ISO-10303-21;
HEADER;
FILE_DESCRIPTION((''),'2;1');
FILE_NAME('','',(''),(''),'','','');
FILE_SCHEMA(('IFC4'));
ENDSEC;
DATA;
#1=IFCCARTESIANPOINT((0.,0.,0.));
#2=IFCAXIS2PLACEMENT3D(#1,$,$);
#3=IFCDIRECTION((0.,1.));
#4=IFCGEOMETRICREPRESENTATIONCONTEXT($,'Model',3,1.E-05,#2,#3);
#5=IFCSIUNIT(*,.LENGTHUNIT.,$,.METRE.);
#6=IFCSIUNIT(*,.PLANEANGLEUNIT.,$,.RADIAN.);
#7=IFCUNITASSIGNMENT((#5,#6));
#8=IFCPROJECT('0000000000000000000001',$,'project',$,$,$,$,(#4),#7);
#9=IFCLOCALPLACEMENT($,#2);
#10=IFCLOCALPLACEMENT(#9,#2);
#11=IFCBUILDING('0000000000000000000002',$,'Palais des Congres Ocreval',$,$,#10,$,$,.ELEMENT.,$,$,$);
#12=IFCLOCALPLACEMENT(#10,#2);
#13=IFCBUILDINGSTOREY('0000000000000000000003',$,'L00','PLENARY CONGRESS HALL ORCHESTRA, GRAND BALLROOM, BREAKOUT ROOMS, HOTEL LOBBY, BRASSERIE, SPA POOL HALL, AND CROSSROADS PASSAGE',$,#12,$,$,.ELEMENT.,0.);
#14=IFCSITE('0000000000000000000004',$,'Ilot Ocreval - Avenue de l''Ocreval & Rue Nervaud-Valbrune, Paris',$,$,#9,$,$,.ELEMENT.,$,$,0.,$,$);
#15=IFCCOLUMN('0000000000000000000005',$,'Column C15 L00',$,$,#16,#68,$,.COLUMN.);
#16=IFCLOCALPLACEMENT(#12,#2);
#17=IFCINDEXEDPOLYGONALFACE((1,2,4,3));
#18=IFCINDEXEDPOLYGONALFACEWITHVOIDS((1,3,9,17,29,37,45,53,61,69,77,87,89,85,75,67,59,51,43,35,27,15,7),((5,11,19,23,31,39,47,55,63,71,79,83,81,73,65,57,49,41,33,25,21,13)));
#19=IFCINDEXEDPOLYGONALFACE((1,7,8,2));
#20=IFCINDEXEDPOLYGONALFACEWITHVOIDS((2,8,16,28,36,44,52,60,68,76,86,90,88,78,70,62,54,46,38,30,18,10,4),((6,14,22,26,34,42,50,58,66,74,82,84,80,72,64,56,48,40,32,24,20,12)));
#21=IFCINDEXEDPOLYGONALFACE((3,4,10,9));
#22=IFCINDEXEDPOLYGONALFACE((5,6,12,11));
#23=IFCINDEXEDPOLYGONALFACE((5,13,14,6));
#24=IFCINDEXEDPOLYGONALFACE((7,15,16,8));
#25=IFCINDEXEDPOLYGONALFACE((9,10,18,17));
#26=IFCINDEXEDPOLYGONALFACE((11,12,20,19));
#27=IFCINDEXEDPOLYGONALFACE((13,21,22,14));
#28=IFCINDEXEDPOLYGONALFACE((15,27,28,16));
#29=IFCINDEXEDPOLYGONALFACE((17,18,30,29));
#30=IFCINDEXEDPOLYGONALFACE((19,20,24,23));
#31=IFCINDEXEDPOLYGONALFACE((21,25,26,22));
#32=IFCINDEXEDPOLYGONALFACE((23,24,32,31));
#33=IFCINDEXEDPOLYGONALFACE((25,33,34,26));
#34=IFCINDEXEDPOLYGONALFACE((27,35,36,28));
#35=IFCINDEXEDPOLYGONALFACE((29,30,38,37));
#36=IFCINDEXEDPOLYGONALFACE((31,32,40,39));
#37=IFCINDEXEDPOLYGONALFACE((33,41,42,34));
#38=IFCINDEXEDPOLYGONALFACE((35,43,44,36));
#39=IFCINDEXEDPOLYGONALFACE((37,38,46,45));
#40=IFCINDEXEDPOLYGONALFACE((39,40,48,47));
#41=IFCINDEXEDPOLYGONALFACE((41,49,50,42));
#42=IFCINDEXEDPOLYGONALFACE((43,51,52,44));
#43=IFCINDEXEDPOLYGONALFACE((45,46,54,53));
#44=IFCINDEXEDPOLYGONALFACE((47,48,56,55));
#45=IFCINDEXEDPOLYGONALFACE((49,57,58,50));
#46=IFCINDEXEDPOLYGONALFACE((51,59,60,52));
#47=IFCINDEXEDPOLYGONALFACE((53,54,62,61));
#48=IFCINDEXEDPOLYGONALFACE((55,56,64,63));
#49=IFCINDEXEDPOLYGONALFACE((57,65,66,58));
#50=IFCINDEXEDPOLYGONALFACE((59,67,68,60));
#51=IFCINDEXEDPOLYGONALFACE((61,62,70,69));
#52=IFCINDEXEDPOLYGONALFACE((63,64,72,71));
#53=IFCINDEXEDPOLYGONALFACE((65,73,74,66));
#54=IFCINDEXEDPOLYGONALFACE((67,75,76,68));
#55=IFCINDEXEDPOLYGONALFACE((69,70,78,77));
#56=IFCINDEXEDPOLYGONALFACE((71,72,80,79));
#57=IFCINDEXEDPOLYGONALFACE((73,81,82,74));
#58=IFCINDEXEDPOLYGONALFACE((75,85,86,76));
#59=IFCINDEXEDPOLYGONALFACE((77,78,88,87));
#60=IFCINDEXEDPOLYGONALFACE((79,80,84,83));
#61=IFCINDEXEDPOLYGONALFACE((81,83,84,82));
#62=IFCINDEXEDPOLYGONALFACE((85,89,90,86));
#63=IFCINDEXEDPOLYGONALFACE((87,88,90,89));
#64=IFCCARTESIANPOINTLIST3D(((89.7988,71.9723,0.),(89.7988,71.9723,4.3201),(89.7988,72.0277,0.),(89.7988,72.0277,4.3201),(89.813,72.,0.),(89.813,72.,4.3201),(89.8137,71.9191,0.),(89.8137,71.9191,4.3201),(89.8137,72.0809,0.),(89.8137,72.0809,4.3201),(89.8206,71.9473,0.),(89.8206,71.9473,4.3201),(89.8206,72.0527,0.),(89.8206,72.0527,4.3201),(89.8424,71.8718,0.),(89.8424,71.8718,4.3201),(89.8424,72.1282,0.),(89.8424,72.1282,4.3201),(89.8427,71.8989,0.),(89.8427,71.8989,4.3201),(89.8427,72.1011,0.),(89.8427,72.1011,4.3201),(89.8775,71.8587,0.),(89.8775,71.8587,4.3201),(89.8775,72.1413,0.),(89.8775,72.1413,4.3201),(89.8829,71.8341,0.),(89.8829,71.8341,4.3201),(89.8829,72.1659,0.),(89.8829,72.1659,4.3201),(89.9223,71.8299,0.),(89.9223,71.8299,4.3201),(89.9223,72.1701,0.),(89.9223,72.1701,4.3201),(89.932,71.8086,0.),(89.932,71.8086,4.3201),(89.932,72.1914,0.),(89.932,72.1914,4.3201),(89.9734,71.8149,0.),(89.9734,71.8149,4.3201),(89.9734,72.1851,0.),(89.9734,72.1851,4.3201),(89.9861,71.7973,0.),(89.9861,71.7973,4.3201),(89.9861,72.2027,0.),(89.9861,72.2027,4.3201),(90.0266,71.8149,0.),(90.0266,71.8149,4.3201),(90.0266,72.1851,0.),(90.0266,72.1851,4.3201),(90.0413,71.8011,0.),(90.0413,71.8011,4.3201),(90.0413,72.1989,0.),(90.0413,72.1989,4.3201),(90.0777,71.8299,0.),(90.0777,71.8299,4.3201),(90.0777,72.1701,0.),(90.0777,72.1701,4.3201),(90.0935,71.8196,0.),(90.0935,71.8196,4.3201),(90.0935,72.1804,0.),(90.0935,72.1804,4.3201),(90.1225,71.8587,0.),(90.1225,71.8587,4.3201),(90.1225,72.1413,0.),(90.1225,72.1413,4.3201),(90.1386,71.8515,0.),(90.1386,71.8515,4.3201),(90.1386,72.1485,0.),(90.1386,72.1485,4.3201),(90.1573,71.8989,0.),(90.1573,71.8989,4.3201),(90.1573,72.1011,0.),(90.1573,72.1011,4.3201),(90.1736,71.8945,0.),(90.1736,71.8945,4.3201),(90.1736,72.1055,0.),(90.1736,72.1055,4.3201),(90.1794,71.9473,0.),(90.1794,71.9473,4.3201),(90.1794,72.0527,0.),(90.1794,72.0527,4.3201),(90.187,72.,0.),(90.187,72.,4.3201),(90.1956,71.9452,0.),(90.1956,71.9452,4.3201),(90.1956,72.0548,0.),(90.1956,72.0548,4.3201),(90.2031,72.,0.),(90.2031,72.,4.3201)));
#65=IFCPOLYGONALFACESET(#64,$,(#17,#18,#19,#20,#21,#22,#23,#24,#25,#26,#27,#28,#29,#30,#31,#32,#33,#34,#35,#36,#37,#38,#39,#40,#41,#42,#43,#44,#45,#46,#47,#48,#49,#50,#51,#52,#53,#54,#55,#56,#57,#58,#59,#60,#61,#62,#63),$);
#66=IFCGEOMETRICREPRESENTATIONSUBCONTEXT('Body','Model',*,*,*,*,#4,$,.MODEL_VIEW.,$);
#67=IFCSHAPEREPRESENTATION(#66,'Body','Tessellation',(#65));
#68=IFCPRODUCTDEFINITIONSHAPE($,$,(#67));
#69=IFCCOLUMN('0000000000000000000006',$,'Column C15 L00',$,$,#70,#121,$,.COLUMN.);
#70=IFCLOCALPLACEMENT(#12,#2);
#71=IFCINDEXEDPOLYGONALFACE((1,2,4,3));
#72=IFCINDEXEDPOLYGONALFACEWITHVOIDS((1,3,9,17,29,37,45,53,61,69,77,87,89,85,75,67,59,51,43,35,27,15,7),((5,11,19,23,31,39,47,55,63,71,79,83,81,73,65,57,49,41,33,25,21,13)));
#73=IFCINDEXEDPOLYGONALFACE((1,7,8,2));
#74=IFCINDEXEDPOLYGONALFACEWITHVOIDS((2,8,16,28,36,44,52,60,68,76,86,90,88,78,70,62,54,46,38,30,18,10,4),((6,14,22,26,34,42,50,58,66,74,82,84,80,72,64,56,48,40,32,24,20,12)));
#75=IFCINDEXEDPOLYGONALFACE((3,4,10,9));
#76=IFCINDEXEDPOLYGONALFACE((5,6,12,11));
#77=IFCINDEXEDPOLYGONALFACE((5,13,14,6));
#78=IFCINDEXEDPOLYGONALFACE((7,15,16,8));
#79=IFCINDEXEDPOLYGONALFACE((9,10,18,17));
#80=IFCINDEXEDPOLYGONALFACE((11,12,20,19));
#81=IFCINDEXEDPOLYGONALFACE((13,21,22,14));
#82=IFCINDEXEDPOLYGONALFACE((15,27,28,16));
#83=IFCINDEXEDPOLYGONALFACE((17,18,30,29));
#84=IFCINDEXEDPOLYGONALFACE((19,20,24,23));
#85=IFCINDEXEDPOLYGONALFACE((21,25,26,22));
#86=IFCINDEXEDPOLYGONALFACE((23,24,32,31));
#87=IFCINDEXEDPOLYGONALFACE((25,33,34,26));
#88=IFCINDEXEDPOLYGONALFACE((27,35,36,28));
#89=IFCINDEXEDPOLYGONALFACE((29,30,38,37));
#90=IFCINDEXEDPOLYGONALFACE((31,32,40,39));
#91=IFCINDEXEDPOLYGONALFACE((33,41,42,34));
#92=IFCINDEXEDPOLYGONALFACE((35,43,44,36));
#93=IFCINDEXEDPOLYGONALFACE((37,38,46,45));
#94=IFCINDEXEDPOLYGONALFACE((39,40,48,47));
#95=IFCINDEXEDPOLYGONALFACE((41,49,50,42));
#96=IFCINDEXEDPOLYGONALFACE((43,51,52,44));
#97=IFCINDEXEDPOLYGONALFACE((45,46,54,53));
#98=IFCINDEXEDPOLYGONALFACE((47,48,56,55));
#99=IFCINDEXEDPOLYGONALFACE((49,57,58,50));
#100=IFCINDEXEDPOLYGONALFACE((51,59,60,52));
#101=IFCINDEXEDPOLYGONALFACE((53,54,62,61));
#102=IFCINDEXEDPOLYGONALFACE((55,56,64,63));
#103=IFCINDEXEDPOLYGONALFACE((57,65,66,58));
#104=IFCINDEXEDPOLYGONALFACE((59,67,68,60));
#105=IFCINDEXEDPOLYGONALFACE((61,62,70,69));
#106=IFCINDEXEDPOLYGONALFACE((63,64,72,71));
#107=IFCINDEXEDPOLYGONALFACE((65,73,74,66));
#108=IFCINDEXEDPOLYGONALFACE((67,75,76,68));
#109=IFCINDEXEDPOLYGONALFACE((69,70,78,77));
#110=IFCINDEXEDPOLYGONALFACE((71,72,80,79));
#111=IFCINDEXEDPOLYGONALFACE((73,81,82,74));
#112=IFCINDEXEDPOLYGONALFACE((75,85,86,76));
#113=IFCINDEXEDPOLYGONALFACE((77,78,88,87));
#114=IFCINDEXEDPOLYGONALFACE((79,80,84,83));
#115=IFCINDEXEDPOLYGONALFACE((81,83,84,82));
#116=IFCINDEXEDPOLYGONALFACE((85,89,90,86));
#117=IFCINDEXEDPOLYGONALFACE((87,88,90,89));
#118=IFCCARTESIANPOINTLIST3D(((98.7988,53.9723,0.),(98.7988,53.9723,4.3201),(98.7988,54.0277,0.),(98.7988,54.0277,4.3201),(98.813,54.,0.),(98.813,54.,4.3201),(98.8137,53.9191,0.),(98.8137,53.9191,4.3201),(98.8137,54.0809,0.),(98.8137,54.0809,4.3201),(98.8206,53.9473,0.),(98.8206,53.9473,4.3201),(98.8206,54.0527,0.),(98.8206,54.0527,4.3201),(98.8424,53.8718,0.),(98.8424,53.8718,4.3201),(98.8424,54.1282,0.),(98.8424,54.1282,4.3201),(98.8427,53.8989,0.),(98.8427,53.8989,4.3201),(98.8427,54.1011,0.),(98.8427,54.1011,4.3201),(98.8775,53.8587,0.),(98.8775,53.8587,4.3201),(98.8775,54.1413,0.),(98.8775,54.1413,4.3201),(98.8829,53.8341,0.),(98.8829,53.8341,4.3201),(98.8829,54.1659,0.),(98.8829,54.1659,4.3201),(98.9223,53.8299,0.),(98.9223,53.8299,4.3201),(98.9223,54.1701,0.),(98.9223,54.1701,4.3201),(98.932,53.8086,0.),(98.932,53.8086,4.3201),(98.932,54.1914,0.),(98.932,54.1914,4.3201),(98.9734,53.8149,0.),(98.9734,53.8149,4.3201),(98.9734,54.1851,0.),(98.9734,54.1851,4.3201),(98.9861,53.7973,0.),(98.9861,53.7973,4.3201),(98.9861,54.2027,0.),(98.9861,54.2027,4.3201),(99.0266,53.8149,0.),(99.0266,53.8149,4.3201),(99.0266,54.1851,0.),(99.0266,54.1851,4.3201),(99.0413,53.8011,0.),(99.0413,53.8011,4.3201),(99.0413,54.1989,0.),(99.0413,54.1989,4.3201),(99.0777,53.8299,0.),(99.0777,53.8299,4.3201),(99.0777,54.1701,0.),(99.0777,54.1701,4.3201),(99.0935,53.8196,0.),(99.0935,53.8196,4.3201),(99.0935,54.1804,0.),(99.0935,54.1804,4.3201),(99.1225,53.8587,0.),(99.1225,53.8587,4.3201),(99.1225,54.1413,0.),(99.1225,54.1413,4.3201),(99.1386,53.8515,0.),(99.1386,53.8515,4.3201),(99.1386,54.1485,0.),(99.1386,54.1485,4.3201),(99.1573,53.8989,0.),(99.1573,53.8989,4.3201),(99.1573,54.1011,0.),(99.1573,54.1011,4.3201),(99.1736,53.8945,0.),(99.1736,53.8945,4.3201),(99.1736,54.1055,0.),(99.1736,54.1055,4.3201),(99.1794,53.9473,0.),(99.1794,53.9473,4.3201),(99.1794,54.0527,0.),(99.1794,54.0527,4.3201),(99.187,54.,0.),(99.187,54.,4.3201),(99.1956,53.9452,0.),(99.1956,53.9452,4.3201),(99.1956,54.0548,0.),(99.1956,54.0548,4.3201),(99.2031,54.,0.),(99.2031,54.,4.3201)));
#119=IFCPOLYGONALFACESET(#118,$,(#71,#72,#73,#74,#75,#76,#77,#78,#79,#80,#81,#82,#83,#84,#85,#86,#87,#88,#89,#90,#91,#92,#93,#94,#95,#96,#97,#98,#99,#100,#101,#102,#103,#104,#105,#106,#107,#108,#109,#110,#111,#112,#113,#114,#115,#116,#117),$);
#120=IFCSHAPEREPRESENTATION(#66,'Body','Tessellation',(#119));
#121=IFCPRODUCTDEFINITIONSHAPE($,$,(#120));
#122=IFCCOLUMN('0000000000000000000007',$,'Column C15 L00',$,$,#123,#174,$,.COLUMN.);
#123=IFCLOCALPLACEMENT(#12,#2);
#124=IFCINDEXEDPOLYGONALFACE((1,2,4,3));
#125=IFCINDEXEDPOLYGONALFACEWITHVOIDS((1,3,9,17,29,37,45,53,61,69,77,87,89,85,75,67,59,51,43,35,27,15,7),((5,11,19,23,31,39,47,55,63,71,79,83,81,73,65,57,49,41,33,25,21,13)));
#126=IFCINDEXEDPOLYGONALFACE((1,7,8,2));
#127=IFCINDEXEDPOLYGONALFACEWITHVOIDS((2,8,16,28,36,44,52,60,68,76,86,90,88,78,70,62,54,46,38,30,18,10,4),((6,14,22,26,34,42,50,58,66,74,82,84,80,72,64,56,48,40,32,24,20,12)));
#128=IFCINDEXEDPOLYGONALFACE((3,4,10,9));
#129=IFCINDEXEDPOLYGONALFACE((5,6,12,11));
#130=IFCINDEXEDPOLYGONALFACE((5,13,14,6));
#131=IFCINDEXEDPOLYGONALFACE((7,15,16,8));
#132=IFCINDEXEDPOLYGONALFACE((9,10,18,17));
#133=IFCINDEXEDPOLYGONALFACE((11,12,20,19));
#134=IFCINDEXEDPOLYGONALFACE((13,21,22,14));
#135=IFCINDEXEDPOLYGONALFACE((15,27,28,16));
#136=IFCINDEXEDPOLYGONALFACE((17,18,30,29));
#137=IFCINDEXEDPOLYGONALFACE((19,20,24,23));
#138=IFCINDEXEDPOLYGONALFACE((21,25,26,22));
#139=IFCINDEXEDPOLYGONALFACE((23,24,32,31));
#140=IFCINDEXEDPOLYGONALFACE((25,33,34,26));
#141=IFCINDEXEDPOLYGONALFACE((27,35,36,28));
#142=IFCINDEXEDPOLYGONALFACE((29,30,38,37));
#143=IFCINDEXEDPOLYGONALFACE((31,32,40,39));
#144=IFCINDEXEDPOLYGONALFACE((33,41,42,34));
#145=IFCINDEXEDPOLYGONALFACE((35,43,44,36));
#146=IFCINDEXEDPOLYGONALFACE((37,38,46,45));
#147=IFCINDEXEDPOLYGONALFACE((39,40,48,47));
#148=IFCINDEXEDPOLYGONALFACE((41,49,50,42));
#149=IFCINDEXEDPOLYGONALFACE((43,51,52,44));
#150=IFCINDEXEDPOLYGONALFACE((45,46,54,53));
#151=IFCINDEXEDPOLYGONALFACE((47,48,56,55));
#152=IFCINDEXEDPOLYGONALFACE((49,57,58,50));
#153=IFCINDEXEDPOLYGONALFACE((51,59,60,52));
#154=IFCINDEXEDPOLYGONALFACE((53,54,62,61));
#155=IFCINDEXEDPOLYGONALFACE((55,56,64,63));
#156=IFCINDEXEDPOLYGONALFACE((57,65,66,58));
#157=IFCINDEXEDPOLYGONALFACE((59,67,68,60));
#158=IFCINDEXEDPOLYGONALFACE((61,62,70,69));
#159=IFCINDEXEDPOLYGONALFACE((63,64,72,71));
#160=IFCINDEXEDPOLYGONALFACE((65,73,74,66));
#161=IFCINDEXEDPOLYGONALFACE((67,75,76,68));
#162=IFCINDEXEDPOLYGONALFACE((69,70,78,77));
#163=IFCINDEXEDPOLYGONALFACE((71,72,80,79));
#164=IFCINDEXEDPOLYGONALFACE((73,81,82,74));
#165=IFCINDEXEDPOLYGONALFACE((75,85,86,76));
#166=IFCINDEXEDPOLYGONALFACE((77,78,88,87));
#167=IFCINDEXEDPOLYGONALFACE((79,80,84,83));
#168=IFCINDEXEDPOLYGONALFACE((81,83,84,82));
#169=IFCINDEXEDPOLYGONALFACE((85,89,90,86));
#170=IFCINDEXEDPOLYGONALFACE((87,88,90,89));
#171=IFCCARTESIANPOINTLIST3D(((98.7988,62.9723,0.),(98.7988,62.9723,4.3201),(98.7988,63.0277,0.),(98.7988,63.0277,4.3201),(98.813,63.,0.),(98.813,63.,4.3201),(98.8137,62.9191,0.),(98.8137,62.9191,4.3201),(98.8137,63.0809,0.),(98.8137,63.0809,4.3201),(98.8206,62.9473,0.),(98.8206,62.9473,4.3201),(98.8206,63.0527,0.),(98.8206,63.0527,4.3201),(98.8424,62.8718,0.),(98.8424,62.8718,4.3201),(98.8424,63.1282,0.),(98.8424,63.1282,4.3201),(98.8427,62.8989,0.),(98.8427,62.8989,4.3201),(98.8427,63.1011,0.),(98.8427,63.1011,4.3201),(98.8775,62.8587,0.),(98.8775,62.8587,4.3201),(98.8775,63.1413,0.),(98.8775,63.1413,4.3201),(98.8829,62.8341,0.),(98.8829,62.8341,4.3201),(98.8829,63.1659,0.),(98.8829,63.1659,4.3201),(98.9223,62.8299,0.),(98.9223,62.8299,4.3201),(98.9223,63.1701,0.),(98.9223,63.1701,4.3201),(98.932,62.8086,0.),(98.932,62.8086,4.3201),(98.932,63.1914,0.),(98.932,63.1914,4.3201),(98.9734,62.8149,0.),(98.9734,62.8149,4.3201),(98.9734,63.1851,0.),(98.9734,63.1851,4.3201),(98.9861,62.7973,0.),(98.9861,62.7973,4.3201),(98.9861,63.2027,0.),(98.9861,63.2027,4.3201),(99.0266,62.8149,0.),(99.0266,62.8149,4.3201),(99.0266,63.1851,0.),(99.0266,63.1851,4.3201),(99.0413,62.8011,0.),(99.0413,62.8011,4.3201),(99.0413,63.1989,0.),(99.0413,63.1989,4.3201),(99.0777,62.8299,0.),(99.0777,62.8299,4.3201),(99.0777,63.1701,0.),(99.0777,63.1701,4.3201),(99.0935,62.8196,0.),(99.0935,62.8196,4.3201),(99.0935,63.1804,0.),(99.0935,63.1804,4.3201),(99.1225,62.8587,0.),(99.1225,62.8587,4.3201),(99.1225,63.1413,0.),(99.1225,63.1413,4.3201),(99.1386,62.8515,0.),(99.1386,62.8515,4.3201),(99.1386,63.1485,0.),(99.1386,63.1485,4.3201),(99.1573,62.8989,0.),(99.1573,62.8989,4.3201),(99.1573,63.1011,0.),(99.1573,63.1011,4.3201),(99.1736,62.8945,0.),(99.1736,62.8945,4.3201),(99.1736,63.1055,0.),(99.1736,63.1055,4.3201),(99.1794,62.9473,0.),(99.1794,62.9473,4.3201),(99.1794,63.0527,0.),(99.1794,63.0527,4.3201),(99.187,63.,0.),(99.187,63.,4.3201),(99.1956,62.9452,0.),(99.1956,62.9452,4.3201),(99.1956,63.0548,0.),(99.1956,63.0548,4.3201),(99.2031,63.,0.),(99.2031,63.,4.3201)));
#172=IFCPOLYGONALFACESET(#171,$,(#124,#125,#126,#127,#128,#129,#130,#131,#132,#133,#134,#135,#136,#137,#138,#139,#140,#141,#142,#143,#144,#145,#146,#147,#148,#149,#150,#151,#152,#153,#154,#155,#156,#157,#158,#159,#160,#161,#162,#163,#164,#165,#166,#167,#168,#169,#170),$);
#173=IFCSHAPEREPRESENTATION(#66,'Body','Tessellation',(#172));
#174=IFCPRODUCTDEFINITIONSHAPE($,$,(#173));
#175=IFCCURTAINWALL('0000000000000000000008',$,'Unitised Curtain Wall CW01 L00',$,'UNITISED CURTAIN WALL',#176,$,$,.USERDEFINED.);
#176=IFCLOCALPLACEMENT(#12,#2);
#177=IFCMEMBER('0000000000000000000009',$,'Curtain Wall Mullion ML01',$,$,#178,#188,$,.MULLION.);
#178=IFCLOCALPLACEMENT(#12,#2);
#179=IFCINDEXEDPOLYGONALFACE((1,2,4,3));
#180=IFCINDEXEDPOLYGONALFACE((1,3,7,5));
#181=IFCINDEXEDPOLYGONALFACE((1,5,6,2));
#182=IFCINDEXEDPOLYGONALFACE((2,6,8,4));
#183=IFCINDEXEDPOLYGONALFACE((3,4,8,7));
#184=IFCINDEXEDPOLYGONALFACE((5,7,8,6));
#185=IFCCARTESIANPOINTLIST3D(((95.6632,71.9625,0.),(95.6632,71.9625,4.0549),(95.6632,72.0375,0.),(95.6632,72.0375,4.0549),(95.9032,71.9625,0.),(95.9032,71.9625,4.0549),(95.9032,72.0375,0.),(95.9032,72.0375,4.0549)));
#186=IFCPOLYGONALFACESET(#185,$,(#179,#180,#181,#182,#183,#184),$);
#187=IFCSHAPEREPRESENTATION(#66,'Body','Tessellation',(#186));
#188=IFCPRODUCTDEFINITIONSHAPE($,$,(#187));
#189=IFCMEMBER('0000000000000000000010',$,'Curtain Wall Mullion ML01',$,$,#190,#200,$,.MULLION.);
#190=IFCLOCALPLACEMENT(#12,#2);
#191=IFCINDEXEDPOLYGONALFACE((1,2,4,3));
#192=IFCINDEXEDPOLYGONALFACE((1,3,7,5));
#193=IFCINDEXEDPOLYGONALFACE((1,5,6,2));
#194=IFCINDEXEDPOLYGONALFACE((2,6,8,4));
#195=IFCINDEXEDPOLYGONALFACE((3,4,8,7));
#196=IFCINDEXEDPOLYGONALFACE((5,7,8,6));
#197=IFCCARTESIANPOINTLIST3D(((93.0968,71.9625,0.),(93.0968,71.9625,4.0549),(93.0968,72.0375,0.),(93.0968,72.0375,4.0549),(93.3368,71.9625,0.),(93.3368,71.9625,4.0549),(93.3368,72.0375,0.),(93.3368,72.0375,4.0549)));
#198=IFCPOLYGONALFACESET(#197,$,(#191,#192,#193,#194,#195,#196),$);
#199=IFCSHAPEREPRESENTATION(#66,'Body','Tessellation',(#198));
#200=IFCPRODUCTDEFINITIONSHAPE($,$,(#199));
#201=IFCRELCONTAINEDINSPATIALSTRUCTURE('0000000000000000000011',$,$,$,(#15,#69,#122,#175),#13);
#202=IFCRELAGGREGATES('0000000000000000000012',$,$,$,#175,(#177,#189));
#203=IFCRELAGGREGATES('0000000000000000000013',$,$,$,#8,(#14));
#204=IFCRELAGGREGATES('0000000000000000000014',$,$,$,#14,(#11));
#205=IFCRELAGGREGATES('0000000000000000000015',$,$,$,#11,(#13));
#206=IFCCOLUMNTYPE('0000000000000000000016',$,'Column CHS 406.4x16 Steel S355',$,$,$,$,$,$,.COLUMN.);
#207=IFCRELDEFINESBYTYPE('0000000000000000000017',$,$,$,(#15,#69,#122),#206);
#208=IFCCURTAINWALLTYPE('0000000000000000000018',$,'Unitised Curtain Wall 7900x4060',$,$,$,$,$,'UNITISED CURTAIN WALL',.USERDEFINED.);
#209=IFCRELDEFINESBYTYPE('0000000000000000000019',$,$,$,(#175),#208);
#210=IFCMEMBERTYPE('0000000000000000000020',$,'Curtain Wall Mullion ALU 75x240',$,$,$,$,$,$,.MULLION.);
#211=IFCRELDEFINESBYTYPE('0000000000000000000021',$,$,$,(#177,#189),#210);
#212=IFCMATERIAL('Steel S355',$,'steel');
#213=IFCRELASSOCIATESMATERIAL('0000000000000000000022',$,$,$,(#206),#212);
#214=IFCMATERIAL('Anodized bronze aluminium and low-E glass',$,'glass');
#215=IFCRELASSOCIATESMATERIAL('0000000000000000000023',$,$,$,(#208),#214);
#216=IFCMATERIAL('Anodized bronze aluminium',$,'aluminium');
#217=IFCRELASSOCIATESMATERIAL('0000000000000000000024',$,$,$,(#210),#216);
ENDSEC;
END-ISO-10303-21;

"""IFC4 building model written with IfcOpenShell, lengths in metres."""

from ifc_helpers import new_model, si_unit, direction, frame, origin, origin_2d, place, context, subcontext, project, spatial, rectangle, hollow_circle, extrude, material, material_profile, profile_set, type_object, element, aggregate, save


model = new_model("IFC4")

# Units and contexts
model_context = context("Model", 3, precision=1e-05, world=origin(), true_north=direction((0.0, 1.0)))
body_context = subcontext(model_context, "Body", "Model", "MODEL_VIEW")
ifc_project = project(units=[si_unit("LENGTHUNIT", "METRE"), si_unit("PLANEANGLEUNIT", "RADIAN")], contexts=[model_context])

# Site, building, storey
site_placement = place(None, origin())
site = spatial("IfcSite", under=ifc_project, at=site_placement, Name="Ilot Ocreval - Avenue de l'Ocreval & Rue Nervaud-Valbrune, Paris", CompositionType="ELEMENT", RefElevation=0.0)
building_placement = place(site_placement, origin())
building = spatial("IfcBuilding", under=site, at=building_placement, Name="Palais des Congres Ocreval", CompositionType="ELEMENT")
storey_placement = place(building_placement, origin())
storey = spatial("IfcBuildingStorey", under=building, at=storey_placement, Name="L00", Description="PLENARY CONGRESS HALL ORCHESTRA, GRAND BALLROOM, BREAKOUT ROOMS, HOTEL LOBBY, BRASSERIE, SPA POOL HALL, AND CROSSROADS PASSAGE", CompositionType="ELEMENT", Elevation=0.0)

# Columns
ifc_material_1 = material(Name="Steel S355", Category="steel")
ifc_material_profile_1 = material_profile(ifc_material_1, hollow_circle(Radius=0.2031, WallThickness=0.0161, at=origin_2d()), Name="CHS 406.4x16")
ifc_profile_set_1 = profile_set([ifc_material_profile_1], Name="Steel S355")
column_type = type_object("IfcColumnType", Name="Column CHS 406.4x16 Steel S355", PredefinedType="COLUMN", material=ifc_profile_set_1)
for number, where, z_axis, x_axis, name in (
    (1, (90.0, 72.0, 0.0), (0.0, 0.0, 1.0), (1.0, 0.0, 0.0), "Column C15 L00"),
    (2, (99.0, 54.0, 0.0), (0.0, 0.0, 1.0), (1.0, 0.0, 0.0), "Column C15 L00"),
    (3, (99.0, 63.0, 0.0), (0.0, 0.0, 1.0), (1.0, 0.0, 0.0), "Column C15 L00"),
):
    element("IfcColumn", number, at=place(storey_placement, frame(where, z_axis=z_axis, x_axis=x_axis)), inside=storey, type_object=column_type, Name=name, PredefinedType="COLUMN", context=body_context, shape_type="SweptSolid", body=[
        extrude(hollow_circle(Radius=0.2031, WallThickness=0.0161, at=origin_2d()), origin(), (0.0, 0.0, 1.0), 4.3201),
    ])

# Curtain wall, members
ifc_material_2 = material(Name="Anodized bronze aluminium and low-E glass", Category="glass")
curtain_wall_type = type_object("IfcCurtainWallType", Name="Unitised Curtain Wall 7900x4060", ElementType="UNITISED CURTAIN WALL", PredefinedType="USERDEFINED", material=ifc_material_2)
curtain_wall_placement = place(storey_placement, origin())
curtain_wall = element("IfcCurtainWall", 4, at=curtain_wall_placement, inside=storey, type_object=curtain_wall_type, Name="Unitised Curtain Wall CW01 L00", ObjectType="UNITISED CURTAIN WALL", PredefinedType="USERDEFINED")
ifc_material_3 = material(Name="Anodized bronze aluminium", Category="aluminium")
ifc_material_profile_2 = material_profile(ifc_material_3, rectangle(XDim=0.075, YDim=0.24, at=origin_2d()), Name="ALU 75x240")
ifc_profile_set_2 = profile_set([ifc_material_profile_2], Name="Anodized bronze aluminium")
member_type_1 = type_object("IfcMemberType", Name="Curtain Wall Mullion ALU 75x240", PredefinedType="MULLION", material=ifc_profile_set_2)
member_1_placement = place(storey_placement, frame((95.7832, 72.0, 0.0), z_axis=(0.0, 0.0, 1.0), x_axis=(0.0, -1.0, 0.0)))
member_1 = element("IfcMember", 5, at=member_1_placement, type_object=member_type_1, Name="Curtain Wall Mullion ML01", PredefinedType="MULLION", context=body_context, shape_type="SweptSolid", body=[
    extrude(rectangle(XDim=0.075, YDim=0.24, at=origin_2d()), origin(), (0.0, 0.0, 1.0), 4.0549),
])
member_2_placement = place(storey_placement, frame((93.2168, 72.0, 0.0), z_axis=(0.0, 0.0, 1.0), x_axis=(0.0, -1.0, 0.0)))
member_2 = element("IfcMember", 6, at=member_2_placement, type_object=member_type_1, Name="Curtain Wall Mullion ML01", PredefinedType="MULLION", context=body_context, shape_type="SweptSolid", body=[
    extrude(rectangle(XDim=0.075, YDim=0.24, at=origin_2d()), origin(), (0.0, 0.0, 1.0), 4.0549),
])

aggregate(curtain_wall, [member_1, member_2])

save(model, "model.ifc")
